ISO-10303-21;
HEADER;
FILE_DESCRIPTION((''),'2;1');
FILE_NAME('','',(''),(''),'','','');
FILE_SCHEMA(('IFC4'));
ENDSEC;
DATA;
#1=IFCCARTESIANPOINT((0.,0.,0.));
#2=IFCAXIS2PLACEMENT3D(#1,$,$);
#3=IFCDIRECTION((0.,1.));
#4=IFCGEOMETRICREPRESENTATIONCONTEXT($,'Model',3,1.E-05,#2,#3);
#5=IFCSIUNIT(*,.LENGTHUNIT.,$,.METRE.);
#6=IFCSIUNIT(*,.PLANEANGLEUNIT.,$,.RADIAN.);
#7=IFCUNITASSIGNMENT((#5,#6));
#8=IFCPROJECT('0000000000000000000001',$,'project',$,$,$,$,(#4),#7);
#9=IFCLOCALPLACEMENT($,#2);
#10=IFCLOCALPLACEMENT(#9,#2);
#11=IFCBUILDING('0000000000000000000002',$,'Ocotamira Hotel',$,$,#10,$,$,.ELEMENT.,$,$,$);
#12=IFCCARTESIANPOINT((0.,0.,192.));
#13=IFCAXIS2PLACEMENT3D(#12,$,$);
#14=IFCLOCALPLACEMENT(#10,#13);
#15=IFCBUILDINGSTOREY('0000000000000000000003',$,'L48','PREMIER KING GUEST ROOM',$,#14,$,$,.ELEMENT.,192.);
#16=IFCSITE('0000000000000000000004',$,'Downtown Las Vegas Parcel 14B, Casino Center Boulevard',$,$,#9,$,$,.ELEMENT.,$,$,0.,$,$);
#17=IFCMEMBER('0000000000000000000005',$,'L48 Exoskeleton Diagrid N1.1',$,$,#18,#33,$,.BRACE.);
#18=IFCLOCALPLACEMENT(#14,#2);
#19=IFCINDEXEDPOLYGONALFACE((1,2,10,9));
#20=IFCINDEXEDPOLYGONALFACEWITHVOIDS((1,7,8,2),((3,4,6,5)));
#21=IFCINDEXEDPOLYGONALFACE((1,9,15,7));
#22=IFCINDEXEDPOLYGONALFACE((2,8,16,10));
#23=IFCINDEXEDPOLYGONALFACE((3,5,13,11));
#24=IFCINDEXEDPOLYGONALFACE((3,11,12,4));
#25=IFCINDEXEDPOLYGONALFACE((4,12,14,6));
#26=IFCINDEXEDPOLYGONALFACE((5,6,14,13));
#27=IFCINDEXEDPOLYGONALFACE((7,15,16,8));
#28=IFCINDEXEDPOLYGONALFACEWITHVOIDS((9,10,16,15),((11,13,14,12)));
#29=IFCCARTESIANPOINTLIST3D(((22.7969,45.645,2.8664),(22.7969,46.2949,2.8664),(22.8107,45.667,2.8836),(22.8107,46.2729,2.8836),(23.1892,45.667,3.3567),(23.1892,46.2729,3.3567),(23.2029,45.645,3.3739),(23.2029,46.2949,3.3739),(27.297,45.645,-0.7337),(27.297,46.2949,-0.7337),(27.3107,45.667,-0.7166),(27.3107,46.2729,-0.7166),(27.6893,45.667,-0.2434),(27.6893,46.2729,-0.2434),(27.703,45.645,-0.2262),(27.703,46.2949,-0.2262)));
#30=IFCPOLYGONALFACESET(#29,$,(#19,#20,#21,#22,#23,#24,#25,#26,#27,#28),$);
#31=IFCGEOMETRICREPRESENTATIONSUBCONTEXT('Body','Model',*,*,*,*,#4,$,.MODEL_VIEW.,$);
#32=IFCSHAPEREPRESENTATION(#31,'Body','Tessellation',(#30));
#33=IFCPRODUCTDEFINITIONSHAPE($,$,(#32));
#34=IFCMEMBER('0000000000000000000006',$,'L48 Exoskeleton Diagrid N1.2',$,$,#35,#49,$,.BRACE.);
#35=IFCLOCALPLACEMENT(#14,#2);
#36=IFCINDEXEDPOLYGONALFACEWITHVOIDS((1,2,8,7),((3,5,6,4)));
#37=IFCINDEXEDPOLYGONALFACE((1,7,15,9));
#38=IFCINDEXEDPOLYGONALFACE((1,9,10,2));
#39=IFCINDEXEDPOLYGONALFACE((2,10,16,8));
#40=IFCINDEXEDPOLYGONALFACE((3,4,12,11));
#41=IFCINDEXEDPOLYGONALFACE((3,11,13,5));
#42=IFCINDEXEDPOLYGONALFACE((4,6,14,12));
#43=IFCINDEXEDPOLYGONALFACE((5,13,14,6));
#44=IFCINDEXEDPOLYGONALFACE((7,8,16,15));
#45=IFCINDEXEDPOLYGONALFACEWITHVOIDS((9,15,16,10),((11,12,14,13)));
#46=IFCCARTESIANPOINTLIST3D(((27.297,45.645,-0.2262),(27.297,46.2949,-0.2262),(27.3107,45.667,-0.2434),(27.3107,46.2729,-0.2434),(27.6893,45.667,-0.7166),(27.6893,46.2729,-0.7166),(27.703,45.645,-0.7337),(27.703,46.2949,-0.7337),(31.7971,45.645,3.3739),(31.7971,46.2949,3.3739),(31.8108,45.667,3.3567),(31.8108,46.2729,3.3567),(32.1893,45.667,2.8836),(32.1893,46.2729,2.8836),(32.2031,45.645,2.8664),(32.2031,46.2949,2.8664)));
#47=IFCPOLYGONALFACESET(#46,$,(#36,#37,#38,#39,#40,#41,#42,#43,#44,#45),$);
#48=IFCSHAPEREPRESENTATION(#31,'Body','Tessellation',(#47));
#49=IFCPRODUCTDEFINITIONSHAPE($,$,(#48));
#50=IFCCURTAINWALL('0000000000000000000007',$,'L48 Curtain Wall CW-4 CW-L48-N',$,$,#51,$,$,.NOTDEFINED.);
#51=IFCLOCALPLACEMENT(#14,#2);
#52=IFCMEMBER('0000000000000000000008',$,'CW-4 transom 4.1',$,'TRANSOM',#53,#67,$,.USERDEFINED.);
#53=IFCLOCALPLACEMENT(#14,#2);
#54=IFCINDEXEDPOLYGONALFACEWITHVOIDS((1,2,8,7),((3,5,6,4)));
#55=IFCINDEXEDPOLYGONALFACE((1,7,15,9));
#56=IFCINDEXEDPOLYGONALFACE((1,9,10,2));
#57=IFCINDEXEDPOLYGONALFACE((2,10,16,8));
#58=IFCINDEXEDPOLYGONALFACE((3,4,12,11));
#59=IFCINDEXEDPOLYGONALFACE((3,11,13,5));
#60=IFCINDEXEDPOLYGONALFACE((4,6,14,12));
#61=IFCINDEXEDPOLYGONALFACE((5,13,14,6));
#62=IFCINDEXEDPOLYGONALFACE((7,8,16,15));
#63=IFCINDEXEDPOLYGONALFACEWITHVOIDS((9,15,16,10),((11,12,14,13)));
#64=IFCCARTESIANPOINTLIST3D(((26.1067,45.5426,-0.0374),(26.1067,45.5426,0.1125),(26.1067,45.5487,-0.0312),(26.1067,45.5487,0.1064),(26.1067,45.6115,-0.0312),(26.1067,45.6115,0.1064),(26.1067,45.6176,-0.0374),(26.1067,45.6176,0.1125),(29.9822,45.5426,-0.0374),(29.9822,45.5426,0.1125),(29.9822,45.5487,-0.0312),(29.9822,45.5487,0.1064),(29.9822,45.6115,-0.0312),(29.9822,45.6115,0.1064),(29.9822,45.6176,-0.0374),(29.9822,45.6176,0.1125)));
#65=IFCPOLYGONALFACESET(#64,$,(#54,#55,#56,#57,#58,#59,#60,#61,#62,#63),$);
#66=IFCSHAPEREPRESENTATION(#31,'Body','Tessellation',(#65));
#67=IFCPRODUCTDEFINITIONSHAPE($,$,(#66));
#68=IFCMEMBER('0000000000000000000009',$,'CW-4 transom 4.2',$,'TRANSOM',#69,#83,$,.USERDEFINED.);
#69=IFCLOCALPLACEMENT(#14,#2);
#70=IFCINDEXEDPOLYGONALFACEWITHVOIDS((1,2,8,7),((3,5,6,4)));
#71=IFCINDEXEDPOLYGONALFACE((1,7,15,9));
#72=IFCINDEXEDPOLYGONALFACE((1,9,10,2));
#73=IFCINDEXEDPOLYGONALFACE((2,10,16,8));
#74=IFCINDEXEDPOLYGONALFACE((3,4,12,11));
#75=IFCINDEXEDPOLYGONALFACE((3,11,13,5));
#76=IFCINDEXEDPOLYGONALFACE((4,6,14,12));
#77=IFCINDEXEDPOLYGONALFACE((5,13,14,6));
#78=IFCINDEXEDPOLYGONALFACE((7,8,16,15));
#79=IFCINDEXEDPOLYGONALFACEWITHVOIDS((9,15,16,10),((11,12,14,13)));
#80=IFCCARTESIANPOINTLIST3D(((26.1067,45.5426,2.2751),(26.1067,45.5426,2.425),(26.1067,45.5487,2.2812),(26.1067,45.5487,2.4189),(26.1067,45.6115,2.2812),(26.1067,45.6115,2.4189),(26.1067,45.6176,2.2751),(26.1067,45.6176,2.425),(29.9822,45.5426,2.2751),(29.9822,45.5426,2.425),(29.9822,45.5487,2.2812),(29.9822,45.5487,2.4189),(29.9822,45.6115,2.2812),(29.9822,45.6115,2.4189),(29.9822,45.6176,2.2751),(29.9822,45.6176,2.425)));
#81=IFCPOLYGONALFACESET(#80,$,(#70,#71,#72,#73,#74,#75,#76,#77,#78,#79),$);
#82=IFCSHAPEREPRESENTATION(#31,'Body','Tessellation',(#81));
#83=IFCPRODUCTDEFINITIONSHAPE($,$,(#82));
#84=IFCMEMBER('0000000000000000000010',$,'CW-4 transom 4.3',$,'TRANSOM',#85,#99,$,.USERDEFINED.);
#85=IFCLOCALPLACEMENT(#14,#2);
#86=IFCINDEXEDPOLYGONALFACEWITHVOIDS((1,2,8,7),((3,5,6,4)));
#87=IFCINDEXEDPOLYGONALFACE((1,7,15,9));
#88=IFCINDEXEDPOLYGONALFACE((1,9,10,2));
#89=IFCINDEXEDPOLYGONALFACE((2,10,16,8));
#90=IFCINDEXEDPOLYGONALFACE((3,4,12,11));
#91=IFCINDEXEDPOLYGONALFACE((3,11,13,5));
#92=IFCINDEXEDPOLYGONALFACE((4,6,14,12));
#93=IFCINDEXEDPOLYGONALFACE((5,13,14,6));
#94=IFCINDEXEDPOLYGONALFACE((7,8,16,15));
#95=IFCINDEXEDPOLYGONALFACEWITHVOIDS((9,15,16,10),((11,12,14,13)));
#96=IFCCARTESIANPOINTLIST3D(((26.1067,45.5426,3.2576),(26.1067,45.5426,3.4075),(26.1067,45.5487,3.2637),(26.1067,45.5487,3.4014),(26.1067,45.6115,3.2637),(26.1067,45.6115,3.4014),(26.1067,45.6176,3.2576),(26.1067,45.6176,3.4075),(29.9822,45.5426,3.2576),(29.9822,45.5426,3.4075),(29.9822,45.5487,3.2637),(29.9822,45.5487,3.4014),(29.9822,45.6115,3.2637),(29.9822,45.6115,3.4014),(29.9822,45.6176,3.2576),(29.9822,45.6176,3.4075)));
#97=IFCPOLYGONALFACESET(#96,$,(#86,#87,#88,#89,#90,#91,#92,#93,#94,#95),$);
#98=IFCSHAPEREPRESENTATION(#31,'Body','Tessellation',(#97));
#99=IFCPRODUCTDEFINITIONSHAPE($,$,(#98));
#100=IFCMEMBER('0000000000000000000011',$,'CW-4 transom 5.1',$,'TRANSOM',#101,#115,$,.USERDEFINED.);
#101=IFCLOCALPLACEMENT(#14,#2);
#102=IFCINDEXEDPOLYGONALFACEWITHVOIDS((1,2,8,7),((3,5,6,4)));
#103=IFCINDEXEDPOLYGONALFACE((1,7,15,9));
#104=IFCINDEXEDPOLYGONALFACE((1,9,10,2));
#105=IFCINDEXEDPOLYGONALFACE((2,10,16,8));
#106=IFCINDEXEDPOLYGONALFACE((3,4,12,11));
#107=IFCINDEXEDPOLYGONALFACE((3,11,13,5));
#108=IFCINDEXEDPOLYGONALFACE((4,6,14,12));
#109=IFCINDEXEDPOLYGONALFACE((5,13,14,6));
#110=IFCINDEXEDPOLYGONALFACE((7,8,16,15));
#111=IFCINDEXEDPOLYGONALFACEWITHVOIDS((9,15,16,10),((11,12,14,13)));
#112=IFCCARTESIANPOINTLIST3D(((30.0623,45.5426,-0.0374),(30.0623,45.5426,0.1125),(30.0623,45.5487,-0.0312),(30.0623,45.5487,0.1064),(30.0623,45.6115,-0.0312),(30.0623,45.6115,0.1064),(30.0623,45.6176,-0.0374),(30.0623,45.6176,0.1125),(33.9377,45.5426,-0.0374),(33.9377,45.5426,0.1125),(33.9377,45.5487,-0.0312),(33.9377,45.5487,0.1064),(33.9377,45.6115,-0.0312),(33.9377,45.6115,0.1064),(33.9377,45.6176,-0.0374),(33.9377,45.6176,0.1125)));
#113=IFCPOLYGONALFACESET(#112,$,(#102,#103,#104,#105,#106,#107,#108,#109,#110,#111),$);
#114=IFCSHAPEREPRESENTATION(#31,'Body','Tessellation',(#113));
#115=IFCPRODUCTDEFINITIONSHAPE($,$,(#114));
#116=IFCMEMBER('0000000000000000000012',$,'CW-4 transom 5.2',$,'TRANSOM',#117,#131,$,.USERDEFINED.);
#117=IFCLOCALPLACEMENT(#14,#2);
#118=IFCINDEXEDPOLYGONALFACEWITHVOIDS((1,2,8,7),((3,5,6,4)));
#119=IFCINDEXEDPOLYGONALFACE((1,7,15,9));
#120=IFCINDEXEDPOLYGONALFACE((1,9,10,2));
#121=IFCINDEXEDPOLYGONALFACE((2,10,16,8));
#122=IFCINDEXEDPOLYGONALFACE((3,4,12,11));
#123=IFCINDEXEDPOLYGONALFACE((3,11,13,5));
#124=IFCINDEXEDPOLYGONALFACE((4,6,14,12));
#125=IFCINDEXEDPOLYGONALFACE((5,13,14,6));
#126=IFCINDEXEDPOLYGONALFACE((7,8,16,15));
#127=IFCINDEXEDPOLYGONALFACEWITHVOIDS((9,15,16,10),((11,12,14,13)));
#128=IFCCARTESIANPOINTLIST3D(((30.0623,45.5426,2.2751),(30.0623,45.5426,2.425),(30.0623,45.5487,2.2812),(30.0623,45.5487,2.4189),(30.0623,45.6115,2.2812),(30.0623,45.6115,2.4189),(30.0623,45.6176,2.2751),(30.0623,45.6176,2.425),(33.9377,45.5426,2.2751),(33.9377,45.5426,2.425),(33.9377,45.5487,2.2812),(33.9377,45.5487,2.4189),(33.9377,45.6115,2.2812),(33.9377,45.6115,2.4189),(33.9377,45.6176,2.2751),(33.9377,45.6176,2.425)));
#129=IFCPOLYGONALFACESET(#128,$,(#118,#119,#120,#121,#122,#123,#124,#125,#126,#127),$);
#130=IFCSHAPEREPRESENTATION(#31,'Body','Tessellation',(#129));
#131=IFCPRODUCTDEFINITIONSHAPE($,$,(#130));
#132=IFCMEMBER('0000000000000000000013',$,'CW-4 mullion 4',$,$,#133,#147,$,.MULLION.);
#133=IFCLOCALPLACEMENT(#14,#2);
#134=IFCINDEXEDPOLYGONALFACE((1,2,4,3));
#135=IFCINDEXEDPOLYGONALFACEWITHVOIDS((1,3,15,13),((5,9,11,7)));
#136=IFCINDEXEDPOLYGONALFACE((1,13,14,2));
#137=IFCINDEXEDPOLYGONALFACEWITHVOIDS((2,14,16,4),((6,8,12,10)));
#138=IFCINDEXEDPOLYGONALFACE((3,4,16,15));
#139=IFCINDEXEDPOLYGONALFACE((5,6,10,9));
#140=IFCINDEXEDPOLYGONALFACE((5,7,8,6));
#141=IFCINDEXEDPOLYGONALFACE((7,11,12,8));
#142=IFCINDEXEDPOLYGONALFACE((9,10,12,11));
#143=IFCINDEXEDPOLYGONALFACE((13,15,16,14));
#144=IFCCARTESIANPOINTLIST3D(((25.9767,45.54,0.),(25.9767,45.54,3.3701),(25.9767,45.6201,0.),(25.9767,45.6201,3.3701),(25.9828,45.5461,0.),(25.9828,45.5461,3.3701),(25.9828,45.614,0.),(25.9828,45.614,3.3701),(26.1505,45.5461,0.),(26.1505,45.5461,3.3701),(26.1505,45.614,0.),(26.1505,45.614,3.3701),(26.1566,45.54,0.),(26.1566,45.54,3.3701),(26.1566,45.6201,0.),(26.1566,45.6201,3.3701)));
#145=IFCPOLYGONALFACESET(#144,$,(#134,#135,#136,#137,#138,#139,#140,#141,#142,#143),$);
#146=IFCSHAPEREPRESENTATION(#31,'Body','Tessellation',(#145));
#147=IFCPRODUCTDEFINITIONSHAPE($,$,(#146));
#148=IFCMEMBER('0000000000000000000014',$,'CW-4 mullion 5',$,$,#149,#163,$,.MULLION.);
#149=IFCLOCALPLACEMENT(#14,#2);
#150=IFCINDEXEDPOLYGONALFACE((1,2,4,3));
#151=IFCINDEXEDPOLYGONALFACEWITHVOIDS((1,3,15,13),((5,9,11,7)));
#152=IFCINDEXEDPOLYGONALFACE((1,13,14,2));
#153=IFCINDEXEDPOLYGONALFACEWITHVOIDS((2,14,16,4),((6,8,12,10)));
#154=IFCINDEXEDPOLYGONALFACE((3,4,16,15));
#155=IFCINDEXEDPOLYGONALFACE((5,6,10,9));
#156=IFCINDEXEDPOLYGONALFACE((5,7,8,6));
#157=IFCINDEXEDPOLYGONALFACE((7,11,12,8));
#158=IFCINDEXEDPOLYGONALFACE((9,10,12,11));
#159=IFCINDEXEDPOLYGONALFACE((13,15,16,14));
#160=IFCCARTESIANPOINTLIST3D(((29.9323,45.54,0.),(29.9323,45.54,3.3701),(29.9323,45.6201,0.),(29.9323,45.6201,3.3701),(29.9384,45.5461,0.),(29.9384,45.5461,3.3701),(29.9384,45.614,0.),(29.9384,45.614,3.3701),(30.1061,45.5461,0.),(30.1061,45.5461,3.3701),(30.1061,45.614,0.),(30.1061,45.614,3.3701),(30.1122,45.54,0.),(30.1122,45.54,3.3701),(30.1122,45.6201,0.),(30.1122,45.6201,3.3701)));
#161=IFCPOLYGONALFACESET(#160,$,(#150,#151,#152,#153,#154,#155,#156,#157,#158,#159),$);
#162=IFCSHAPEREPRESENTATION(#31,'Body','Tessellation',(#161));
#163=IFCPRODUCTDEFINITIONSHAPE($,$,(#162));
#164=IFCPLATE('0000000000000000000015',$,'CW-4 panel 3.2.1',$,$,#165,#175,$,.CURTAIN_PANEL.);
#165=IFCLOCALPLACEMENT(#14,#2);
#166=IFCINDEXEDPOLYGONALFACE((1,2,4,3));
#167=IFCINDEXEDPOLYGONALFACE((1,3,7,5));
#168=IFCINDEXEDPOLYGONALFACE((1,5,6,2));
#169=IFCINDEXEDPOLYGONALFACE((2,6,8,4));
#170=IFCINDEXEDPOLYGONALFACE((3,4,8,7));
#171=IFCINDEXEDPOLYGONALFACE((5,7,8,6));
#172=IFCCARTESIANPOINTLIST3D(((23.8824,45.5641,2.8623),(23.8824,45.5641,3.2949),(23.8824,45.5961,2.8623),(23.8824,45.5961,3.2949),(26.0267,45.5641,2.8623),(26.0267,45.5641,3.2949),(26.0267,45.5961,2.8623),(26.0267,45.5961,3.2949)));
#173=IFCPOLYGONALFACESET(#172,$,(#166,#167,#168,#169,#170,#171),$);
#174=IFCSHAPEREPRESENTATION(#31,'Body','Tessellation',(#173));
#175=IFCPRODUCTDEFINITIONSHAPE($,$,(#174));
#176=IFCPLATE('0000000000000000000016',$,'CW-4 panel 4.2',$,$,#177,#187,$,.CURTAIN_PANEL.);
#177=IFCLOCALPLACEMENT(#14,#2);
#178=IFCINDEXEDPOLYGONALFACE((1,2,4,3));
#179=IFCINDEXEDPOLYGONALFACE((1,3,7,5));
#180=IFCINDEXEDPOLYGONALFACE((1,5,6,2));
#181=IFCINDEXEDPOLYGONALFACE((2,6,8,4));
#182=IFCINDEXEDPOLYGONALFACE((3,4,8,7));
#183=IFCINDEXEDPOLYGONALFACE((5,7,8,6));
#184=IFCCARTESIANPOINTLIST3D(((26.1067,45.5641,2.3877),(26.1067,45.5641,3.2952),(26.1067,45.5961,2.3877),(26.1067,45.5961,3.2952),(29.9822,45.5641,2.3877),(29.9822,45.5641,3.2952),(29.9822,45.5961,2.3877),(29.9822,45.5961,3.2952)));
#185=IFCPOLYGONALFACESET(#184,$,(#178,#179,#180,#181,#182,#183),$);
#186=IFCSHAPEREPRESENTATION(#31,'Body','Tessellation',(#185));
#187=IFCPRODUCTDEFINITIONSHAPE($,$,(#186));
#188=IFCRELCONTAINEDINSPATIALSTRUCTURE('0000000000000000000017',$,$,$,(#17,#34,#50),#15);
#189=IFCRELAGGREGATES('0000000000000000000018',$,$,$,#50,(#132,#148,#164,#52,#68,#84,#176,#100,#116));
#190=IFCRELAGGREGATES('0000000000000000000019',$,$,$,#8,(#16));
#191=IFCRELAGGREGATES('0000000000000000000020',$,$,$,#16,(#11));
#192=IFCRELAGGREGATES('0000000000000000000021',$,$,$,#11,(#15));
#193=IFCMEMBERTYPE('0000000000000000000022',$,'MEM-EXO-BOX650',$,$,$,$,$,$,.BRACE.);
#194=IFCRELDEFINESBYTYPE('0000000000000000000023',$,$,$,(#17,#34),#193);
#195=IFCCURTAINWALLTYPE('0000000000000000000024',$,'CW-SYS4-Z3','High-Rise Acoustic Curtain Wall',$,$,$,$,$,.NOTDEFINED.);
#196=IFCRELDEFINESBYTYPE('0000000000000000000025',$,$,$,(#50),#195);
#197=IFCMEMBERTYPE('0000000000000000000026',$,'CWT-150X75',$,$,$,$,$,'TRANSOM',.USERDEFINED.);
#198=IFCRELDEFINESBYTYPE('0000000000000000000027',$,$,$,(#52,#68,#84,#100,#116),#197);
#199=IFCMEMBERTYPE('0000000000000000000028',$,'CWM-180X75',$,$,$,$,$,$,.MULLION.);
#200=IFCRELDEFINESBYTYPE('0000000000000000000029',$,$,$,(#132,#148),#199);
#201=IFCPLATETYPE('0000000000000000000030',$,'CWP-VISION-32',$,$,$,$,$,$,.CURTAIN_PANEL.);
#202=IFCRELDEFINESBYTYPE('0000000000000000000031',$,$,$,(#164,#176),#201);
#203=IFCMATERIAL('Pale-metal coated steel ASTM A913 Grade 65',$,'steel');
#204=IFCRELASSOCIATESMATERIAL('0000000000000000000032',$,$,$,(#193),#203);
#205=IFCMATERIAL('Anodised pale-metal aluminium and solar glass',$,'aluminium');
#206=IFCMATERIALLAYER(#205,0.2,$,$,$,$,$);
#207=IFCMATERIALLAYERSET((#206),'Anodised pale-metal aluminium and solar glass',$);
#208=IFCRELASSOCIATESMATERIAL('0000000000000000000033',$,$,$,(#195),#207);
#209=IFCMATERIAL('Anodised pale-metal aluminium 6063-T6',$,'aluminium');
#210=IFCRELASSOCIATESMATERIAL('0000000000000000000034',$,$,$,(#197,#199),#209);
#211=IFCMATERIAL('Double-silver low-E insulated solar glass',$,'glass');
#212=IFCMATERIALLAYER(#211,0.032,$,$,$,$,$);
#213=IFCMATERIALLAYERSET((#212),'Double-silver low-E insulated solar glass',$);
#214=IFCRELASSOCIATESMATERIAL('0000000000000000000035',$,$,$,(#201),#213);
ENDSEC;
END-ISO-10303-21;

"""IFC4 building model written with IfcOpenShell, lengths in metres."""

from ifc_helpers import new_model, si_unit, direction, frame, origin, origin_2d, place, context, subcontext, project, spatial, rectangle, hollow_rectangle, extrude, source, transform, mapped, material, layer, layer_set, material_profile, profile_set, type_object, element, aggregate, save


model = new_model("IFC4")

# Units and contexts
model_context = context("Model", 3, precision=1e-05, world=origin(), true_north=direction((0.0, 1.0)))
body_context = subcontext(model_context, "Body", "Model", "MODEL_VIEW")
ifc_project = project(units=[si_unit("LENGTHUNIT", "METRE"), si_unit("PLANEANGLEUNIT", "RADIAN")], contexts=[model_context])

# Site, building, storey
site_placement = place(None, origin())
site = spatial("IfcSite", under=ifc_project, at=site_placement, Name="Downtown Las Vegas Parcel 14B, Casino Center Boulevard", CompositionType="ELEMENT", RefElevation=0.0)
building_placement = place(site_placement, origin())
building = spatial("IfcBuilding", under=site, at=building_placement, Name="Ocotamira Hotel", CompositionType="ELEMENT")
storey_placement = place(building_placement, frame((0.0, 0.0, 192.0)))
storey = spatial("IfcBuildingStorey", under=building, at=storey_placement, Name="L48", Description="PREMIER KING GUEST ROOM", CompositionType="ELEMENT", Elevation=192.0)

# Members
ifc_material_1 = material(Name="Pale-metal coated steel ASTM A913 Grade 65", Category="steel")
ifc_material_profile_1 = material_profile(ifc_material_1, hollow_rectangle(XDim=0.6499, YDim=0.6499, WallThickness=0.022, at=origin_2d()), Name="BOX650X650X22")
ifc_profile_set_1 = profile_set([ifc_material_profile_1], Name="Pale-metal coated steel ASTM A913 Grade 65")
member_type_1 = type_object("IfcMemberType", Name="MEM-EXO-BOX650", PredefinedType="BRACE", material=ifc_profile_set_1)
shared_shape_1 = source(origin(), body_context, "Body", "SweptSolid", [
    extrude(hollow_rectangle(XDim=0.6499, YDim=0.6499, WallThickness=0.022, at=origin_2d()), origin(), (0.0, 0.0, 1.0), 5.7629),
])
for number, where, z_axis, x_axis, name in (
    (1, (27.5, 45.97, -0.48), (-0.780861, 0.0, 0.624705), (0.0, -1.0, 0.0), "L48 Exoskeleton Diagrid N1.1"),
    (2, (27.5, 45.97, -0.48), (0.780861, 0.0, 0.624705), (0.0, 1.0, 0.0), "L48 Exoskeleton Diagrid N1.2"),
):
    element("IfcMember", number, at=place(storey_placement, frame(where, z_axis=z_axis, x_axis=x_axis)), inside=storey, type_object=member_type_1, Name=name, PredefinedType="BRACE", context=body_context, shape_type="MappedRepresentation", body=[
        mapped(shared_shape_1, transform((0.0, 0.0, 0.0), scale=1.0)),
    ])

# Curtain wall, members, plates
ifc_material_2 = material(Name="Anodised pale-metal aluminium and solar glass", Category="aluminium")
ifc_layer_1 = layer(ifc_material_2, 0.2)
ifc_layer_set_1 = layer_set([ifc_layer_1], Name="Anodised pale-metal aluminium and solar glass")
curtain_wall_type = type_object("IfcCurtainWallType", Name="CW-SYS4-Z3", Description="High-Rise Acoustic Curtain Wall", PredefinedType="NOTDEFINED", material=ifc_layer_set_1)
curtain_wall_placement = place(storey_placement, origin())
curtain_wall = element("IfcCurtainWall", 3, at=curtain_wall_placement, inside=storey, type_object=curtain_wall_type, Name="L48 Curtain Wall CW-4 CW-L48-N", PredefinedType="NOTDEFINED")
ifc_material_3 = material(Name="Anodised pale-metal aluminium 6063-T6", Category="aluminium")
ifc_material_profile_2 = material_profile(ifc_material_3, hollow_rectangle(XDim=0.075, YDim=0.1499, WallThickness=0.0061, at=origin_2d()), Name="HSS150X75X6")
ifc_profile_set_2 = profile_set([ifc_material_profile_2], Name="Anodised pale-metal aluminium 6063-T6")
member_type_2 = type_object("IfcMemberType", Name="CWT-150X75", ElementType="TRANSOM", PredefinedType="USERDEFINED", material=ifc_profile_set_2)
shared_shape_2 = source(origin(), body_context, "Body", "SweptSolid", [
    extrude(hollow_rectangle(XDim=0.075, YDim=0.1499, WallThickness=0.0061, at=origin_2d()), origin(), (0.0, 0.0, 1.0), 3.8755),
])
member_1_placement = place(storey_placement, frame((26.1067, 45.5801, 0.0376), z_axis=(1.0, 0.0, 0.0), x_axis=(0.0, 1.0, 0.0)))
member_1 = element("IfcMember", 4, at=member_1_placement, type_object=member_type_2, Name="CW-4 transom 4.1", ObjectType="TRANSOM", PredefinedType="USERDEFINED", context=body_context, shape_type="MappedRepresentation", body=[
    mapped(shared_shape_2, transform((0.0, 0.0, 0.0), scale=1.0)),
])
member_2_placement = place(storey_placement, frame((26.1067, 45.5801, 2.3501), z_axis=(1.0, 0.0, 0.0), x_axis=(0.0, 1.0, 0.0)))
member_2 = element("IfcMember", 5, at=member_2_placement, type_object=member_type_2, Name="CW-4 transom 4.2", ObjectType="TRANSOM", PredefinedType="USERDEFINED", context=body_context, shape_type="MappedRepresentation", body=[
    mapped(shared_shape_2, transform((0.0, 0.0, 0.0), scale=1.0)),
])
member_3_placement = place(storey_placement, frame((26.1067, 45.5801, 3.3325), z_axis=(1.0, 0.0, 0.0), x_axis=(0.0, 1.0, 0.0)))
member_3 = element("IfcMember", 6, at=member_3_placement, type_object=member_type_2, Name="CW-4 transom 4.3", ObjectType="TRANSOM", PredefinedType="USERDEFINED", context=body_context, shape_type="MappedRepresentation", body=[
    mapped(shared_shape_2, transform((0.0, 0.0, 0.0), scale=1.0)),
])
member_4_placement = place(storey_placement, frame((30.0623, 45.5801, 0.0376), z_axis=(1.0, 0.0, 0.0), x_axis=(0.0, 1.0, 0.0)))
member_4 = element("IfcMember", 7, at=member_4_placement, type_object=member_type_2, Name="CW-4 transom 5.1", ObjectType="TRANSOM", PredefinedType="USERDEFINED", context=body_context, shape_type="MappedRepresentation", body=[
    mapped(shared_shape_2, transform((0.0, 0.0, 0.0), scale=1.0)),
])
member_5_placement = place(storey_placement, frame((30.0623, 45.5801, 2.3501), z_axis=(1.0, 0.0, 0.0), x_axis=(0.0, 1.0, 0.0)))
member_5 = element("IfcMember", 8, at=member_5_placement, type_object=member_type_2, Name="CW-4 transom 5.2", ObjectType="TRANSOM", PredefinedType="USERDEFINED", context=body_context, shape_type="MappedRepresentation", body=[
    mapped(shared_shape_2, transform((0.0, 0.0, 0.0), scale=1.0)),
])
ifc_material_profile_3 = material_profile(ifc_material_3, hollow_rectangle(XDim=0.0801, YDim=0.1799, WallThickness=0.0061, at=origin_2d()), Name="HSS180X80X6")
ifc_profile_set_3 = profile_set([ifc_material_profile_3], Name="Anodised pale-metal aluminium 6063-T6")
member_type_3 = type_object("IfcMemberType", Name="CWM-180X75", PredefinedType="MULLION", material=ifc_profile_set_3)
shared_shape_3 = source(origin(), body_context, "Body", "SweptSolid", [
    extrude(hollow_rectangle(XDim=0.0801, YDim=0.1799, WallThickness=0.0061, at=origin_2d()), origin(), (0.0, 0.0, 1.0), 3.3701),
])
member_6_placement = place(storey_placement, frame((26.0667, 45.5801, 0.0), z_axis=(0.0, 0.0, 1.0), x_axis=(0.0, 1.0, 0.0)))
member_6 = element("IfcMember", 9, at=member_6_placement, type_object=member_type_3, Name="CW-4 mullion 4", PredefinedType="MULLION", context=body_context, shape_type="MappedRepresentation", body=[
    mapped(shared_shape_3, transform((0.0, 0.0, 0.0), scale=1.0)),
])
member_7_placement = place(storey_placement, frame((30.0222, 45.5801, 0.0), z_axis=(0.0, 0.0, 1.0), x_axis=(0.0, 1.0, 0.0)))
member_7 = element("IfcMember", 10, at=member_7_placement, type_object=member_type_3, Name="CW-4 mullion 5", PredefinedType="MULLION", context=body_context, shape_type="MappedRepresentation", body=[
    mapped(shared_shape_3, transform((0.0, 0.0, 0.0), scale=1.0)),
])
ifc_material_4 = material(Name="Double-silver low-E insulated solar glass", Category="glass")
ifc_layer_2 = layer(ifc_material_4, 0.032)
ifc_layer_set_2 = layer_set([ifc_layer_2], Name="Double-silver low-E insulated solar glass")
plate_type = type_object("IfcPlateType", Name="CWP-VISION-32", PredefinedType="CURTAIN_PANEL", material=ifc_layer_set_2)
shared_shape_4 = source(origin(), body_context, "Body", "SweptSolid", [
    extrude(rectangle(XDim=2.1443, YDim=0.032, at=origin_2d()), origin(), (0.0, 0.0, 1.0), 0.4326),
])
plate_1_placement = place(storey_placement, frame((24.9546, 45.5801, 2.8623), z_axis=(0.0, 0.0, 1.0), x_axis=(1.0, 0.0, 0.0)))
plate_1 = element("IfcPlate", 11, at=plate_1_placement, type_object=plate_type, Name="CW-4 panel 3.2.1", PredefinedType="CURTAIN_PANEL", context=body_context, shape_type="MappedRepresentation", body=[
    mapped(shared_shape_4, transform((0.0, 0.0, 0.0), scale=1.0)),
])
shared_shape_5 = source(origin(), body_context, "Body", "SweptSolid", [
    extrude(rectangle(XDim=3.8755, YDim=0.032, at=origin_2d()), origin(), (0.0, 0.0, 1.0), 0.9075),
])
plate_2_placement = place(storey_placement, frame((28.0444, 45.5801, 2.3877), z_axis=(0.0, 0.0, 1.0), x_axis=(1.0, 0.0, 0.0)))
plate_2 = element("IfcPlate", 12, at=plate_2_placement, type_object=plate_type, Name="CW-4 panel 4.2", PredefinedType="CURTAIN_PANEL", context=body_context, shape_type="MappedRepresentation", body=[
    mapped(shared_shape_5, transform((0.0, 0.0, 0.0), scale=1.0)),
])
aggregate(curtain_wall, [member_6, member_7, plate_1, member_1, member_2, member_3, plate_2, member_4, member_5])

save(model, "model.ifc")
